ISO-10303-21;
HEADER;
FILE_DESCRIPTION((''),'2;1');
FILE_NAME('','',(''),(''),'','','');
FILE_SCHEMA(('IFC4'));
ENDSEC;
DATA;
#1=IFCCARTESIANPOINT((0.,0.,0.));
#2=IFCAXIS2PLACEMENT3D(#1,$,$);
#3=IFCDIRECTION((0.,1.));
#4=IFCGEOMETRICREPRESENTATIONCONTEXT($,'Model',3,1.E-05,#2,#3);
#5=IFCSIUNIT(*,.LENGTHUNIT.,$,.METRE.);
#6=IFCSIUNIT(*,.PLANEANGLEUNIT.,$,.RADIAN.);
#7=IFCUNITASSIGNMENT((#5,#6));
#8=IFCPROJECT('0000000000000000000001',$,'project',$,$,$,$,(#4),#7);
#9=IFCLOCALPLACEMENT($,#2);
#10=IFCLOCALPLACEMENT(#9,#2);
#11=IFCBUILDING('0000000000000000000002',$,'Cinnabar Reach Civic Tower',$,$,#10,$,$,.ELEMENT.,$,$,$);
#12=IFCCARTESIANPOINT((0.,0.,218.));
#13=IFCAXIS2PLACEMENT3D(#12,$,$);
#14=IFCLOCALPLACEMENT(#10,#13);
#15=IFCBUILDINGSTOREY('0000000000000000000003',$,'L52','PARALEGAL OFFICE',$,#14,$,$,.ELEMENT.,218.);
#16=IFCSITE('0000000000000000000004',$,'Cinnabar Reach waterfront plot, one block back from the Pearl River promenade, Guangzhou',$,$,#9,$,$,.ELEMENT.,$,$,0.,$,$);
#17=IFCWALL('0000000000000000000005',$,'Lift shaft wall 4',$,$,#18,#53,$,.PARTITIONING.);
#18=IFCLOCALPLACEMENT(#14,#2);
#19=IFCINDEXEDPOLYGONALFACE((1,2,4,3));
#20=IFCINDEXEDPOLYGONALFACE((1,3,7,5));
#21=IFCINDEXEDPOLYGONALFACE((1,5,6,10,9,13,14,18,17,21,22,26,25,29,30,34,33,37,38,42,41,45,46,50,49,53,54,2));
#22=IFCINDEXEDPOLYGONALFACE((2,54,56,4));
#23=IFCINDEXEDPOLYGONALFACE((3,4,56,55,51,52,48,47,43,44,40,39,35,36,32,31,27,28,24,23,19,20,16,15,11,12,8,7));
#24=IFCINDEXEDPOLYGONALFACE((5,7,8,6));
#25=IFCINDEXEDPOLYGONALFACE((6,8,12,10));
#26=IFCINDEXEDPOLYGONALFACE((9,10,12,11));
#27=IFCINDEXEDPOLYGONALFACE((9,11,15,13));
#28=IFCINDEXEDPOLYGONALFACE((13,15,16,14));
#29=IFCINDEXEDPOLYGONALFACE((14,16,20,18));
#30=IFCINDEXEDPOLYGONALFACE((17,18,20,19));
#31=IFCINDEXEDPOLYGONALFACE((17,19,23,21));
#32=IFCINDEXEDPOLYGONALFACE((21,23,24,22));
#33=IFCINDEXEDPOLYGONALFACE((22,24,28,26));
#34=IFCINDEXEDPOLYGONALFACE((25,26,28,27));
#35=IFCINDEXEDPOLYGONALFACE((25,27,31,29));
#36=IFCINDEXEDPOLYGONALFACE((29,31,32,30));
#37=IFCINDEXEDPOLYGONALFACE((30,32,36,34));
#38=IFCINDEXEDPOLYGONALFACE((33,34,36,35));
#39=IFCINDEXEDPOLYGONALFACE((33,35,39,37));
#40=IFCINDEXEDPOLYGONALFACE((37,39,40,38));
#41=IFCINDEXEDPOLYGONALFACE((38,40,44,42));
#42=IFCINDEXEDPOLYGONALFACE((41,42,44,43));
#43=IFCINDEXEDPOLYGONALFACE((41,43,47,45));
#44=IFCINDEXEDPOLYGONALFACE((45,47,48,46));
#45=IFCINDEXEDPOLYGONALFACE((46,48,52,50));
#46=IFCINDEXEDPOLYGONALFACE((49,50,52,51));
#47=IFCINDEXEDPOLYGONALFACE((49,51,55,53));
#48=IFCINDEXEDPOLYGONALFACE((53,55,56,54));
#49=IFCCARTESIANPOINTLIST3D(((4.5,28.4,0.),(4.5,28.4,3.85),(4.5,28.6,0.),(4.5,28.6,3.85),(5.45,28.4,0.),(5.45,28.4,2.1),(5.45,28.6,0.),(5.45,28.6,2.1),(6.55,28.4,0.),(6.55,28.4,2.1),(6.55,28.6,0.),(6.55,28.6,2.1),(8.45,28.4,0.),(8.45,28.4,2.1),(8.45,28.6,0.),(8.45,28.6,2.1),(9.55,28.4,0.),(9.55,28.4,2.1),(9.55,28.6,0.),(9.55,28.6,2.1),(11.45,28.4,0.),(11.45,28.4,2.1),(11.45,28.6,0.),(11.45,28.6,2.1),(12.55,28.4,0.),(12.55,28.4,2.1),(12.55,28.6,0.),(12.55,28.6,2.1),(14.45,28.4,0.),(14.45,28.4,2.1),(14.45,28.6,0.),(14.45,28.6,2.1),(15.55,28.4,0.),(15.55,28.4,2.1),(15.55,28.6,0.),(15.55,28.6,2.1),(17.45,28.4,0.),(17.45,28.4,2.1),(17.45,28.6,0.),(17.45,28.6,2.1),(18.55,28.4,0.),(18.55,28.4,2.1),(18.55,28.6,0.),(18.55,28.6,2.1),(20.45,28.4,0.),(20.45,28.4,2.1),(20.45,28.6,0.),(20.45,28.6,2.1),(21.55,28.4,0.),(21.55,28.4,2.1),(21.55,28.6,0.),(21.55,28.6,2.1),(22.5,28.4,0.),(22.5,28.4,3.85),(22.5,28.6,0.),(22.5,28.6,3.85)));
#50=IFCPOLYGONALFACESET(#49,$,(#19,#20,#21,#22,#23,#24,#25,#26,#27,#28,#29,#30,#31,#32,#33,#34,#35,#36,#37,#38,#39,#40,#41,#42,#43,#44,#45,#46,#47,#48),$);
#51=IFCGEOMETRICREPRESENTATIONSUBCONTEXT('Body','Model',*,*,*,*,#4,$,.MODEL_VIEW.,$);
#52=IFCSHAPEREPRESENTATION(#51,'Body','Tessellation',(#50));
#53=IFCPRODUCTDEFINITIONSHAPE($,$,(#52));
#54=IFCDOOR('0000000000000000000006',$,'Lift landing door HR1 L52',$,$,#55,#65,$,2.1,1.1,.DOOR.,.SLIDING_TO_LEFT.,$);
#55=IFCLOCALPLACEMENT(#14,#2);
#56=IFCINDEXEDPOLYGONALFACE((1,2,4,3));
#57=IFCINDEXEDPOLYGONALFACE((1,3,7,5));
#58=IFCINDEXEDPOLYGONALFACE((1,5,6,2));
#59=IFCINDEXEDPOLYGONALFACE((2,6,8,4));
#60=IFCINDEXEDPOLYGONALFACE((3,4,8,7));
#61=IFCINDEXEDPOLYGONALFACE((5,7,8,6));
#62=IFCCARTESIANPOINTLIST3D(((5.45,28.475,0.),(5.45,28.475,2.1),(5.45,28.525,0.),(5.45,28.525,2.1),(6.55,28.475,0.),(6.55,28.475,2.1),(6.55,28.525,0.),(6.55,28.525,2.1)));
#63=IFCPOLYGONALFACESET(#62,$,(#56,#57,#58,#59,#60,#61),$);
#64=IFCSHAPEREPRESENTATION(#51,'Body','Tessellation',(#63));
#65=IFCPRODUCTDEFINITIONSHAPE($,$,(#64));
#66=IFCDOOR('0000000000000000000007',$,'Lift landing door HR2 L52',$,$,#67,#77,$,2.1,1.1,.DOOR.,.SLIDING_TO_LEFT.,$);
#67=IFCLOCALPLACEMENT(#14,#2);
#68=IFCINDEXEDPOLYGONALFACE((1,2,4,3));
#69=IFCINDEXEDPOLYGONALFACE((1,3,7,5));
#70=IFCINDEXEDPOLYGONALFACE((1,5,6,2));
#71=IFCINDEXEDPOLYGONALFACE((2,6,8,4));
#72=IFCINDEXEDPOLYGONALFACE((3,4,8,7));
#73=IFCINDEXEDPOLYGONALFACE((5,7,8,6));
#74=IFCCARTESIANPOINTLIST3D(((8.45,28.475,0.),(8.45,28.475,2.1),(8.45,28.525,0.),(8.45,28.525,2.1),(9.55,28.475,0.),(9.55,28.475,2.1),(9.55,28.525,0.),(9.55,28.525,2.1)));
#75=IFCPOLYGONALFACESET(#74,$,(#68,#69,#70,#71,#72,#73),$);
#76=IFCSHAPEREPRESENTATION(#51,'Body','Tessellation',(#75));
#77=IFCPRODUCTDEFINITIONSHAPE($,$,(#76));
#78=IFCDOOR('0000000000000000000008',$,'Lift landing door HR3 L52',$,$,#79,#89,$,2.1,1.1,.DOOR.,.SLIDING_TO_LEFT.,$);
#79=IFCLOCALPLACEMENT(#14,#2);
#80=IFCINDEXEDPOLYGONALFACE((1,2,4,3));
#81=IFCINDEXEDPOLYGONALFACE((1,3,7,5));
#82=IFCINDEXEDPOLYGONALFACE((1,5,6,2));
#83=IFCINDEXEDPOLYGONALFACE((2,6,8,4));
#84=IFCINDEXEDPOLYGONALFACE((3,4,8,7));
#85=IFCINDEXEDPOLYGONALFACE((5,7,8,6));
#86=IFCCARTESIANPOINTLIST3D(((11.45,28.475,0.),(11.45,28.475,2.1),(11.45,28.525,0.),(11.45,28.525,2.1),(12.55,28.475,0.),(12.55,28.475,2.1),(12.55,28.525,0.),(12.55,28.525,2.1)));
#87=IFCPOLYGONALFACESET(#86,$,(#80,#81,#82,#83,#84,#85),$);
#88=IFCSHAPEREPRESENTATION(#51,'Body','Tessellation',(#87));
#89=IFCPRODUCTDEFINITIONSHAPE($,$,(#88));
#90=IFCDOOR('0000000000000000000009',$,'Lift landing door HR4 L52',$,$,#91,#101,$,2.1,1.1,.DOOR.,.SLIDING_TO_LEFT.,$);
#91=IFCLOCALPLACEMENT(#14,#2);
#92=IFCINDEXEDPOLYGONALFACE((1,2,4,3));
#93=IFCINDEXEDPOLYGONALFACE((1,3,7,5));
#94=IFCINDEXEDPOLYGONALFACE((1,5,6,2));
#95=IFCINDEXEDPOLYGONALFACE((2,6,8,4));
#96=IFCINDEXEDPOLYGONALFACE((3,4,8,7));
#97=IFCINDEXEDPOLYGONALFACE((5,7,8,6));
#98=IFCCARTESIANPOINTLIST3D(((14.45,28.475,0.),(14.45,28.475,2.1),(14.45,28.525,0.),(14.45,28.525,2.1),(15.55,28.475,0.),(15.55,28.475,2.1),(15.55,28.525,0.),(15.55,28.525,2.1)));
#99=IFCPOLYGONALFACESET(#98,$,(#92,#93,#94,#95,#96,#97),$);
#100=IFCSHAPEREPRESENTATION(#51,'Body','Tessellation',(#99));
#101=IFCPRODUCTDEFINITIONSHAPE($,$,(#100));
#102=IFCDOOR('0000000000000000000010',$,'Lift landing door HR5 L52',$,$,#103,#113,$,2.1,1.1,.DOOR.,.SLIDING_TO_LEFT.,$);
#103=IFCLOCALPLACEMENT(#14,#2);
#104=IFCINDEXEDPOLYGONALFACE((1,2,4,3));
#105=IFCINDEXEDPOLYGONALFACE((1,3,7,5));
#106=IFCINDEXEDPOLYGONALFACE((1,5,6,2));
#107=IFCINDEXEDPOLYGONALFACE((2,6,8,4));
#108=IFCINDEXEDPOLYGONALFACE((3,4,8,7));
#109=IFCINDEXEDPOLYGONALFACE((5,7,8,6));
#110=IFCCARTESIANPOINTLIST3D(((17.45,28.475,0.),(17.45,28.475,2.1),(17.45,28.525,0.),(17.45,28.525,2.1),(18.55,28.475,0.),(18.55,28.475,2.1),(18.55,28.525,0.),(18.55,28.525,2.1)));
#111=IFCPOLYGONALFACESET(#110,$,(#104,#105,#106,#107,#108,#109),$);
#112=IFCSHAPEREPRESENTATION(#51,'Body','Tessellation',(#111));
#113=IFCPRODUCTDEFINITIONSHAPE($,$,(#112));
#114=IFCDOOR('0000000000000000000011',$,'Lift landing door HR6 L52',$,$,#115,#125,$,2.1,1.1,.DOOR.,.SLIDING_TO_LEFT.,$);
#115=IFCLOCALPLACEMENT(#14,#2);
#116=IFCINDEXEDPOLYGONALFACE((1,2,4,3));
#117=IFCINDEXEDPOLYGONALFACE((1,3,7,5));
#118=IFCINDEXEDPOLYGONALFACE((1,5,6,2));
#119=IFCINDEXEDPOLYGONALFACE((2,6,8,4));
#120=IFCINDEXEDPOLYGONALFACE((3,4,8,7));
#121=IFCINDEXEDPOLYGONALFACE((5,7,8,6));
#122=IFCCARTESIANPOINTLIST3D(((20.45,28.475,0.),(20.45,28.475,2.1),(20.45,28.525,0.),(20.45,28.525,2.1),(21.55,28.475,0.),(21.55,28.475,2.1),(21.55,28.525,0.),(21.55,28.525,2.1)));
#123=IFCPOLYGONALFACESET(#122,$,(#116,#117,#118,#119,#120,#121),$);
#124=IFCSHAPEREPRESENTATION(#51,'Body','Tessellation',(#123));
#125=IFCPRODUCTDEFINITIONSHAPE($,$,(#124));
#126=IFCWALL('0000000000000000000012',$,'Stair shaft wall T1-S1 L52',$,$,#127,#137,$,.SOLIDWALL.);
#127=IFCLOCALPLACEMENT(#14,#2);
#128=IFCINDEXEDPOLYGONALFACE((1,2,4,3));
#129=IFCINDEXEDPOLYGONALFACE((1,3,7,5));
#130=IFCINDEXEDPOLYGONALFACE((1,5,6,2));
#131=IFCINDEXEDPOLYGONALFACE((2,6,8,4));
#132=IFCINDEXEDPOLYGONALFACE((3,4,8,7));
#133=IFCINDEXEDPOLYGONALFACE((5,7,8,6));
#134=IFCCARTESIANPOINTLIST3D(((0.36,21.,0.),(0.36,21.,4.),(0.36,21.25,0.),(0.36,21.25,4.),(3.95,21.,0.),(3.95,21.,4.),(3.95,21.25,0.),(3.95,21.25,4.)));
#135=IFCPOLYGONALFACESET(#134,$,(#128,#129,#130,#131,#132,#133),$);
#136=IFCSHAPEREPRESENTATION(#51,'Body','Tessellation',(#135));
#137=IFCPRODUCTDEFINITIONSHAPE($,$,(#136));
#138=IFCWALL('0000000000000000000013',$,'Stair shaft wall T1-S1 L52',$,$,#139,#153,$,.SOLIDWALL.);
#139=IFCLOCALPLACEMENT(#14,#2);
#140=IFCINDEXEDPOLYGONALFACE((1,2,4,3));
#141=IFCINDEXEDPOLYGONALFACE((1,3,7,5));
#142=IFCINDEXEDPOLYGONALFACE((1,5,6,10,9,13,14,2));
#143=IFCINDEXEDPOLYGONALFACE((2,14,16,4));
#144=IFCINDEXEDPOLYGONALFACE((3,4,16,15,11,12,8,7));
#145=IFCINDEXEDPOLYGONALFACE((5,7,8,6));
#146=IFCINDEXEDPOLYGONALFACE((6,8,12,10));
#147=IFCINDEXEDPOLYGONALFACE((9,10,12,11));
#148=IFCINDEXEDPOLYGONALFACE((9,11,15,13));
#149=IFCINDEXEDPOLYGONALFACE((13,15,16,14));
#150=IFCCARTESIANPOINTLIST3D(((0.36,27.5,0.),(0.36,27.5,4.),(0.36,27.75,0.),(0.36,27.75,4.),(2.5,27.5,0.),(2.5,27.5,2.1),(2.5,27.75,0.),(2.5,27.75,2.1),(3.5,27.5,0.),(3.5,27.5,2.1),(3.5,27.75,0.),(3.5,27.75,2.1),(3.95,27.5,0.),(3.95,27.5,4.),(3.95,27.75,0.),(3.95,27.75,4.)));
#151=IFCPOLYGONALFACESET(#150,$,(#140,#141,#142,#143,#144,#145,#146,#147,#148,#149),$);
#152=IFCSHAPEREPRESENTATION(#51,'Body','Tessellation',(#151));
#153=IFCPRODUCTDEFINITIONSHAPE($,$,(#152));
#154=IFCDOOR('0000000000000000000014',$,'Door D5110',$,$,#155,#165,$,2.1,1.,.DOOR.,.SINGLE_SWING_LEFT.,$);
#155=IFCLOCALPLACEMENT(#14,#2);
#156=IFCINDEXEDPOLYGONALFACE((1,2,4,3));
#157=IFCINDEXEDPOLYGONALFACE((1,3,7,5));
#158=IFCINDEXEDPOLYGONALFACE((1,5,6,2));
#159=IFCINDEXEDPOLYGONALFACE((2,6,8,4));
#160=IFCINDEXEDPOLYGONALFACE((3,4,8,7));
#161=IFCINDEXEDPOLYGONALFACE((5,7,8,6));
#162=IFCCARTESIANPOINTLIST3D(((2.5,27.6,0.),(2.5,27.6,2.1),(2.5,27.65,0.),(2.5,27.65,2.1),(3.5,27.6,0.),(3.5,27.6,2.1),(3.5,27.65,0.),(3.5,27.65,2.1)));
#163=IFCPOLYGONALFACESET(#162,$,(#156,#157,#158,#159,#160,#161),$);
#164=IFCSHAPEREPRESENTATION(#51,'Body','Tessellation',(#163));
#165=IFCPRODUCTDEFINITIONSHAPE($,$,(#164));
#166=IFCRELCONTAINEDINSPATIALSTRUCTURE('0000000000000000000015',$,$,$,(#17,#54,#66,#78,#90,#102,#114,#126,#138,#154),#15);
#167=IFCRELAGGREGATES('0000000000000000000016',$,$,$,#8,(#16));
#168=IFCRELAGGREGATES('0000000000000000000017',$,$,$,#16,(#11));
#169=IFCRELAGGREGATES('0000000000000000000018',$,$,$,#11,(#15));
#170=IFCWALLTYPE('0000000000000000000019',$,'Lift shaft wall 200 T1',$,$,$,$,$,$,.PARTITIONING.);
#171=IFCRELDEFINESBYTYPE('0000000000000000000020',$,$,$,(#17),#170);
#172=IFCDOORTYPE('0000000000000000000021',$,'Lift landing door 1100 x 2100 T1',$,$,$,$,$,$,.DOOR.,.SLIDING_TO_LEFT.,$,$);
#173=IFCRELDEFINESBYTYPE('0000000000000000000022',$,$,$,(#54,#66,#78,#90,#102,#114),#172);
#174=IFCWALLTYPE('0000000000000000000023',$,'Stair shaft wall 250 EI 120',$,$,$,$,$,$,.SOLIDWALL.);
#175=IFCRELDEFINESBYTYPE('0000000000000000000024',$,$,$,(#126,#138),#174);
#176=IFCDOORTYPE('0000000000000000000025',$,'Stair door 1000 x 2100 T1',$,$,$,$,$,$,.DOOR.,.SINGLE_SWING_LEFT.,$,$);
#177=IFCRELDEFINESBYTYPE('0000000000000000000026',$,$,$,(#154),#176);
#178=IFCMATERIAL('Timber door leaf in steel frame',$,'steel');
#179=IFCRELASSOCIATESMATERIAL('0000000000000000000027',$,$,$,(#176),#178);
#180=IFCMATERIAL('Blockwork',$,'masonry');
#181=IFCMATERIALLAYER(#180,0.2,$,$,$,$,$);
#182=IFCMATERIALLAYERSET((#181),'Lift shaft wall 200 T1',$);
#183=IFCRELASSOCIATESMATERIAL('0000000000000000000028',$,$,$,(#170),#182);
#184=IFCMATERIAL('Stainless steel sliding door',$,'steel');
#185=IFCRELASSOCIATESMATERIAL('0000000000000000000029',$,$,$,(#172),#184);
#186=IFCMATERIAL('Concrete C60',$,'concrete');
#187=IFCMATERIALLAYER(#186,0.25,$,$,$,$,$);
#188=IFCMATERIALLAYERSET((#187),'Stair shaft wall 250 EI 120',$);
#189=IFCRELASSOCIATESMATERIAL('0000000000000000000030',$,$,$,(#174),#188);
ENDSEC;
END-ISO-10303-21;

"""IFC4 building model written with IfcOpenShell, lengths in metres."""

from ifc_helpers import new_model, si_unit, direction, frame, frame_2d, origin, place, context, subcontext, project, spatial, rectangle, extrude, material, layer, layer_set, type_object, element, fill, save


model = new_model("IFC4")

# Units and contexts
model_context = context("Model", 3, precision=1e-05, world=origin(), true_north=direction((0.0, 1.0)))
body_context = subcontext(model_context, "Body", "Model", "MODEL_VIEW")
ifc_project = project(units=[si_unit("LENGTHUNIT", "METRE"), si_unit("PLANEANGLEUNIT", "RADIAN")], contexts=[model_context])

# Site, building, storey
site_placement = place(None, origin())
site = spatial("IfcSite", under=ifc_project, at=site_placement, Name="Cinnabar Reach waterfront plot, one block back from the Pearl River promenade, Guangzhou", CompositionType="ELEMENT", RefElevation=0.0)
building_placement = place(site_placement, origin())
building = spatial("IfcBuilding", under=site, at=building_placement, Name="Cinnabar Reach Civic Tower", CompositionType="ELEMENT")
storey_placement = place(building_placement, frame((0.0, 0.0, 218.0)))
storey = spatial("IfcBuildingStorey", under=building, at=storey_placement, Name="L52", Description="PARALEGAL OFFICE", CompositionType="ELEMENT", Elevation=218.0)

# Shared definitions
ifc_material_1 = material(Name="Concrete C60", Category="concrete")

# Shared definitions
ifc_material_2 = material(Name="Timber door leaf in steel frame", Category="steel")
door_type_1 = type_object("IfcDoorType", Name="Stair door 1000 x 2100 T1", OperationType="SINGLE_SWING_LEFT", PredefinedType="DOOR", material=ifc_material_2)

# Wall, openings, doors
ifc_material_3 = material(Name="Blockwork", Category="masonry")
ifc_layer_1 = layer(ifc_material_3, 0.2)
ifc_layer_set_1 = layer_set([ifc_layer_1], Name="Lift shaft wall 200 T1")
wall_type_1 = type_object("IfcWallType", Name="Lift shaft wall 200 T1", PredefinedType="PARTITIONING", material=ifc_layer_set_1)
wall_1_placement = place(storey_placement, frame((4.5, 28.5, 0.0), z_axis=(0.0, 0.0, 1.0), x_axis=(1.0, 0.0, 0.0)))
wall_1 = element("IfcWall", 1, at=wall_1_placement, inside=storey, type_object=wall_type_1, Name="Lift shaft wall 4", PredefinedType="PARTITIONING", context=body_context, shape_type="SweptSolid", body=[
    extrude(rectangle(XDim=18.0, YDim=0.2, at=frame_2d((9.0, 0.0))), origin(), (0.0, 0.0, 1.0), 3.85),
])
opening_1_placement = place(wall_1_placement, frame((0.95, 0.0, 0.0)))
opening_1 = element("IfcOpeningElement", 2, at=opening_1_placement, cuts=wall_1, PredefinedType="OPENING", context=body_context, shape_type="SweptSolid", body=[
    extrude(rectangle(XDim=1.1, YDim=2.1, at=frame_2d((0.55, 1.05))), frame((0.0, 0.11, 0.0), z_axis=(0.0, -1.0, 0.0), x_axis=(1.0, 0.0, 0.0)), (0.0, 0.0, 1.0), 0.22),
])
opening_2_placement = place(wall_1_placement, frame((3.95, 0.0, 0.0)))
opening_2 = element("IfcOpeningElement", 3, at=opening_2_placement, cuts=wall_1, PredefinedType="OPENING", context=body_context, shape_type="SweptSolid", body=[
    extrude(rectangle(XDim=1.1, YDim=2.1, at=frame_2d((0.55, 1.05))), frame((0.0, 0.11, 0.0), z_axis=(0.0, -1.0, 0.0), x_axis=(1.0, 0.0, 0.0)), (0.0, 0.0, 1.0), 0.22),
])
opening_3_placement = place(wall_1_placement, frame((6.95, 0.0, 0.0)))
opening_3 = element("IfcOpeningElement", 4, at=opening_3_placement, cuts=wall_1, PredefinedType="OPENING", context=body_context, shape_type="SweptSolid", body=[
    extrude(rectangle(XDim=1.1, YDim=2.1, at=frame_2d((0.55, 1.05))), frame((0.0, 0.11, 0.0), z_axis=(0.0, -1.0, 0.0), x_axis=(1.0, 0.0, 0.0)), (0.0, 0.0, 1.0), 0.22),
])
opening_4_placement = place(wall_1_placement, frame((9.95, 0.0, 0.0)))
opening_4 = element("IfcOpeningElement", 5, at=opening_4_placement, cuts=wall_1, PredefinedType="OPENING", context=body_context, shape_type="SweptSolid", body=[
    extrude(rectangle(XDim=1.1, YDim=2.1, at=frame_2d((0.55, 1.05))), frame((0.0, 0.11, 0.0), z_axis=(0.0, -1.0, 0.0), x_axis=(1.0, 0.0, 0.0)), (0.0, 0.0, 1.0), 0.22),
])
opening_5_placement = place(wall_1_placement, frame((12.95, 0.0, 0.0)))
opening_5 = element("IfcOpeningElement", 6, at=opening_5_placement, cuts=wall_1, PredefinedType="OPENING", context=body_context, shape_type="SweptSolid", body=[
    extrude(rectangle(XDim=1.1, YDim=2.1, at=frame_2d((0.55, 1.05))), frame((0.0, 0.11, 0.0), z_axis=(0.0, -1.0, 0.0), x_axis=(1.0, 0.0, 0.0)), (0.0, 0.0, 1.0), 0.22),
])
opening_6_placement = place(wall_1_placement, frame((15.95, 0.0, 0.0)))
opening_6 = element("IfcOpeningElement", 7, at=opening_6_placement, cuts=wall_1, PredefinedType="OPENING", context=body_context, shape_type="SweptSolid", body=[
    extrude(rectangle(XDim=1.1, YDim=2.1, at=frame_2d((0.55, 1.05))), frame((0.0, 0.11, 0.0), z_axis=(0.0, -1.0, 0.0), x_axis=(1.0, 0.0, 0.0)), (0.0, 0.0, 1.0), 0.22),
])
ifc_material_4 = material(Name="Stainless steel sliding door", Category="steel")
door_type_2 = type_object("IfcDoorType", Name="Lift landing door 1100 x 2100 T1", OperationType="SLIDING_TO_LEFT", PredefinedType="DOOR", material=ifc_material_4)
door_1_placement = place(opening_1_placement, origin())
door_1 = element("IfcDoor", 8, at=door_1_placement, inside=storey, type_object=door_type_2, Name="Lift landing door HR1 L52", OperationType="SLIDING_TO_LEFT", OverallHeight=2.1, OverallWidth=1.1, PredefinedType="DOOR", context=body_context, shape_type="SweptSolid", body=[
    extrude(rectangle(XDim=1.1, YDim=2.1, at=frame_2d((0.55, 1.05))), frame((0.0, 0.025, 0.0), z_axis=(0.0, -1.0, 0.0), x_axis=(1.0, 0.0, 0.0)), (0.0, 0.0, 1.0), 0.05),
])
fill(opening_1, door_1)
door_2_placement = place(opening_2_placement, origin())
door_2 = element("IfcDoor", 9, at=door_2_placement, inside=storey, type_object=door_type_2, Name="Lift landing door HR2 L52", OperationType="SLIDING_TO_LEFT", OverallHeight=2.1, OverallWidth=1.1, PredefinedType="DOOR", context=body_context, shape_type="SweptSolid", body=[
    extrude(rectangle(XDim=1.1, YDim=2.1, at=frame_2d((0.55, 1.05))), frame((0.0, 0.025, 0.0), z_axis=(0.0, -1.0, 0.0), x_axis=(1.0, 0.0, 0.0)), (0.0, 0.0, 1.0), 0.05),
])
fill(opening_2, door_2)
door_3_placement = place(opening_3_placement, origin())
door_3 = element("IfcDoor", 10, at=door_3_placement, inside=storey, type_object=door_type_2, Name="Lift landing door HR3 L52", OperationType="SLIDING_TO_LEFT", OverallHeight=2.1, OverallWidth=1.1, PredefinedType="DOOR", context=body_context, shape_type="SweptSolid", body=[
    extrude(rectangle(XDim=1.1, YDim=2.1, at=frame_2d((0.55, 1.05))), frame((0.0, 0.025, 0.0), z_axis=(0.0, -1.0, 0.0), x_axis=(1.0, 0.0, 0.0)), (0.0, 0.0, 1.0), 0.05),
])
fill(opening_3, door_3)
door_4_placement = place(opening_4_placement, origin())
door_4 = element("IfcDoor", 11, at=door_4_placement, inside=storey, type_object=door_type_2, Name="Lift landing door HR4 L52", OperationType="SLIDING_TO_LEFT", OverallHeight=2.1, OverallWidth=1.1, PredefinedType="DOOR", context=body_context, shape_type="SweptSolid", body=[
    extrude(rectangle(XDim=1.1, YDim=2.1, at=frame_2d((0.55, 1.05))), frame((0.0, 0.025, 0.0), z_axis=(0.0, -1.0, 0.0), x_axis=(1.0, 0.0, 0.0)), (0.0, 0.0, 1.0), 0.05),
])
fill(opening_4, door_4)
door_5_placement = place(opening_5_placement, origin())
door_5 = element("IfcDoor", 12, at=door_5_placement, inside=storey, type_object=door_type_2, Name="Lift landing door HR5 L52", OperationType="SLIDING_TO_LEFT", OverallHeight=2.1, OverallWidth=1.1, PredefinedType="DOOR", context=body_context, shape_type="SweptSolid", body=[
    extrude(rectangle(XDim=1.1, YDim=2.1, at=frame_2d((0.55, 1.05))), frame((0.0, 0.025, 0.0), z_axis=(0.0, -1.0, 0.0), x_axis=(1.0, 0.0, 0.0)), (0.0, 0.0, 1.0), 0.05),
])
fill(opening_5, door_5)
door_6_placement = place(opening_6_placement, origin())
door_6 = element("IfcDoor", 13, at=door_6_placement, inside=storey, type_object=door_type_2, Name="Lift landing door HR6 L52", OperationType="SLIDING_TO_LEFT", OverallHeight=2.1, OverallWidth=1.1, PredefinedType="DOOR", context=body_context, shape_type="SweptSolid", body=[
    extrude(rectangle(XDim=1.1, YDim=2.1, at=frame_2d((0.55, 1.05))), frame((0.0, 0.025, 0.0), z_axis=(0.0, -1.0, 0.0), x_axis=(1.0, 0.0, 0.0)), (0.0, 0.0, 1.0), 0.05),
])
fill(opening_6, door_6)

# Wall
ifc_layer_2 = layer(ifc_material_1, 0.25)
ifc_layer_set_2 = layer_set([ifc_layer_2], Name="Stair shaft wall 250 EI 120")
wall_type_2 = type_object("IfcWallType", Name="Stair shaft wall 250 EI 120", PredefinedType="SOLIDWALL", material=ifc_layer_set_2)
wall_2_placement = place(storey_placement, frame((0.36, 21.125, 0.0), z_axis=(0.0, 0.0, 1.0), x_axis=(1.0, 0.0, 0.0)))
element("IfcWall", 14, at=wall_2_placement, inside=storey, type_object=wall_type_2, Name="Stair shaft wall T1-S1 L52", PredefinedType="SOLIDWALL", context=body_context, shape_type="SweptSolid", body=[
    extrude(rectangle(XDim=3.59, YDim=0.25, at=frame_2d((1.795, 0.0))), origin(), (0.0, 0.0, 1.0), 4.0),
])

# Wall, opening, door
wall_3_placement = place(storey_placement, frame((3.95, 27.625, 0.0), z_axis=(0.0, 0.0, 1.0), x_axis=(-1.0, 0.0, 0.0)))
wall_3 = element("IfcWall", 15, at=wall_3_placement, inside=storey, type_object=wall_type_2, Name="Stair shaft wall T1-S1 L52", PredefinedType="SOLIDWALL", context=body_context, shape_type="SweptSolid", body=[
    extrude(rectangle(XDim=3.59, YDim=0.25, at=frame_2d((1.795, 0.0))), origin(), (0.0, 0.0, 1.0), 4.0),
])
opening_7_placement = place(wall_3_placement, frame((0.45, 0.0, 0.0)))
opening_7 = element("IfcOpeningElement", 16, at=opening_7_placement, cuts=wall_3, PredefinedType="OPENING", context=body_context, shape_type="SweptSolid", body=[
    extrude(rectangle(XDim=1.0, YDim=2.1, at=frame_2d((0.5, 1.05))), frame((0.0, 0.135, 0.0), z_axis=(0.0, -1.0, 0.0), x_axis=(1.0, 0.0, 0.0)), (0.0, 0.0, 1.0), 0.27),
])
door_7_placement = place(opening_7_placement, origin())
door_7 = element("IfcDoor", 17, at=door_7_placement, inside=storey, type_object=door_type_1, Name="Door D5110", OperationType="SINGLE_SWING_LEFT", OverallHeight=2.1, OverallWidth=1.0, PredefinedType="DOOR", context=body_context, shape_type="SweptSolid", body=[
    extrude(rectangle(XDim=1.0, YDim=2.1, at=frame_2d((0.5, 1.05))), frame((0.0, 0.025, 0.0), z_axis=(0.0, -1.0, 0.0), x_axis=(1.0, 0.0, 0.0)), (0.0, 0.0, 1.0), 0.05),
])
fill(opening_7, door_7)

save(model, "model.ifc")
